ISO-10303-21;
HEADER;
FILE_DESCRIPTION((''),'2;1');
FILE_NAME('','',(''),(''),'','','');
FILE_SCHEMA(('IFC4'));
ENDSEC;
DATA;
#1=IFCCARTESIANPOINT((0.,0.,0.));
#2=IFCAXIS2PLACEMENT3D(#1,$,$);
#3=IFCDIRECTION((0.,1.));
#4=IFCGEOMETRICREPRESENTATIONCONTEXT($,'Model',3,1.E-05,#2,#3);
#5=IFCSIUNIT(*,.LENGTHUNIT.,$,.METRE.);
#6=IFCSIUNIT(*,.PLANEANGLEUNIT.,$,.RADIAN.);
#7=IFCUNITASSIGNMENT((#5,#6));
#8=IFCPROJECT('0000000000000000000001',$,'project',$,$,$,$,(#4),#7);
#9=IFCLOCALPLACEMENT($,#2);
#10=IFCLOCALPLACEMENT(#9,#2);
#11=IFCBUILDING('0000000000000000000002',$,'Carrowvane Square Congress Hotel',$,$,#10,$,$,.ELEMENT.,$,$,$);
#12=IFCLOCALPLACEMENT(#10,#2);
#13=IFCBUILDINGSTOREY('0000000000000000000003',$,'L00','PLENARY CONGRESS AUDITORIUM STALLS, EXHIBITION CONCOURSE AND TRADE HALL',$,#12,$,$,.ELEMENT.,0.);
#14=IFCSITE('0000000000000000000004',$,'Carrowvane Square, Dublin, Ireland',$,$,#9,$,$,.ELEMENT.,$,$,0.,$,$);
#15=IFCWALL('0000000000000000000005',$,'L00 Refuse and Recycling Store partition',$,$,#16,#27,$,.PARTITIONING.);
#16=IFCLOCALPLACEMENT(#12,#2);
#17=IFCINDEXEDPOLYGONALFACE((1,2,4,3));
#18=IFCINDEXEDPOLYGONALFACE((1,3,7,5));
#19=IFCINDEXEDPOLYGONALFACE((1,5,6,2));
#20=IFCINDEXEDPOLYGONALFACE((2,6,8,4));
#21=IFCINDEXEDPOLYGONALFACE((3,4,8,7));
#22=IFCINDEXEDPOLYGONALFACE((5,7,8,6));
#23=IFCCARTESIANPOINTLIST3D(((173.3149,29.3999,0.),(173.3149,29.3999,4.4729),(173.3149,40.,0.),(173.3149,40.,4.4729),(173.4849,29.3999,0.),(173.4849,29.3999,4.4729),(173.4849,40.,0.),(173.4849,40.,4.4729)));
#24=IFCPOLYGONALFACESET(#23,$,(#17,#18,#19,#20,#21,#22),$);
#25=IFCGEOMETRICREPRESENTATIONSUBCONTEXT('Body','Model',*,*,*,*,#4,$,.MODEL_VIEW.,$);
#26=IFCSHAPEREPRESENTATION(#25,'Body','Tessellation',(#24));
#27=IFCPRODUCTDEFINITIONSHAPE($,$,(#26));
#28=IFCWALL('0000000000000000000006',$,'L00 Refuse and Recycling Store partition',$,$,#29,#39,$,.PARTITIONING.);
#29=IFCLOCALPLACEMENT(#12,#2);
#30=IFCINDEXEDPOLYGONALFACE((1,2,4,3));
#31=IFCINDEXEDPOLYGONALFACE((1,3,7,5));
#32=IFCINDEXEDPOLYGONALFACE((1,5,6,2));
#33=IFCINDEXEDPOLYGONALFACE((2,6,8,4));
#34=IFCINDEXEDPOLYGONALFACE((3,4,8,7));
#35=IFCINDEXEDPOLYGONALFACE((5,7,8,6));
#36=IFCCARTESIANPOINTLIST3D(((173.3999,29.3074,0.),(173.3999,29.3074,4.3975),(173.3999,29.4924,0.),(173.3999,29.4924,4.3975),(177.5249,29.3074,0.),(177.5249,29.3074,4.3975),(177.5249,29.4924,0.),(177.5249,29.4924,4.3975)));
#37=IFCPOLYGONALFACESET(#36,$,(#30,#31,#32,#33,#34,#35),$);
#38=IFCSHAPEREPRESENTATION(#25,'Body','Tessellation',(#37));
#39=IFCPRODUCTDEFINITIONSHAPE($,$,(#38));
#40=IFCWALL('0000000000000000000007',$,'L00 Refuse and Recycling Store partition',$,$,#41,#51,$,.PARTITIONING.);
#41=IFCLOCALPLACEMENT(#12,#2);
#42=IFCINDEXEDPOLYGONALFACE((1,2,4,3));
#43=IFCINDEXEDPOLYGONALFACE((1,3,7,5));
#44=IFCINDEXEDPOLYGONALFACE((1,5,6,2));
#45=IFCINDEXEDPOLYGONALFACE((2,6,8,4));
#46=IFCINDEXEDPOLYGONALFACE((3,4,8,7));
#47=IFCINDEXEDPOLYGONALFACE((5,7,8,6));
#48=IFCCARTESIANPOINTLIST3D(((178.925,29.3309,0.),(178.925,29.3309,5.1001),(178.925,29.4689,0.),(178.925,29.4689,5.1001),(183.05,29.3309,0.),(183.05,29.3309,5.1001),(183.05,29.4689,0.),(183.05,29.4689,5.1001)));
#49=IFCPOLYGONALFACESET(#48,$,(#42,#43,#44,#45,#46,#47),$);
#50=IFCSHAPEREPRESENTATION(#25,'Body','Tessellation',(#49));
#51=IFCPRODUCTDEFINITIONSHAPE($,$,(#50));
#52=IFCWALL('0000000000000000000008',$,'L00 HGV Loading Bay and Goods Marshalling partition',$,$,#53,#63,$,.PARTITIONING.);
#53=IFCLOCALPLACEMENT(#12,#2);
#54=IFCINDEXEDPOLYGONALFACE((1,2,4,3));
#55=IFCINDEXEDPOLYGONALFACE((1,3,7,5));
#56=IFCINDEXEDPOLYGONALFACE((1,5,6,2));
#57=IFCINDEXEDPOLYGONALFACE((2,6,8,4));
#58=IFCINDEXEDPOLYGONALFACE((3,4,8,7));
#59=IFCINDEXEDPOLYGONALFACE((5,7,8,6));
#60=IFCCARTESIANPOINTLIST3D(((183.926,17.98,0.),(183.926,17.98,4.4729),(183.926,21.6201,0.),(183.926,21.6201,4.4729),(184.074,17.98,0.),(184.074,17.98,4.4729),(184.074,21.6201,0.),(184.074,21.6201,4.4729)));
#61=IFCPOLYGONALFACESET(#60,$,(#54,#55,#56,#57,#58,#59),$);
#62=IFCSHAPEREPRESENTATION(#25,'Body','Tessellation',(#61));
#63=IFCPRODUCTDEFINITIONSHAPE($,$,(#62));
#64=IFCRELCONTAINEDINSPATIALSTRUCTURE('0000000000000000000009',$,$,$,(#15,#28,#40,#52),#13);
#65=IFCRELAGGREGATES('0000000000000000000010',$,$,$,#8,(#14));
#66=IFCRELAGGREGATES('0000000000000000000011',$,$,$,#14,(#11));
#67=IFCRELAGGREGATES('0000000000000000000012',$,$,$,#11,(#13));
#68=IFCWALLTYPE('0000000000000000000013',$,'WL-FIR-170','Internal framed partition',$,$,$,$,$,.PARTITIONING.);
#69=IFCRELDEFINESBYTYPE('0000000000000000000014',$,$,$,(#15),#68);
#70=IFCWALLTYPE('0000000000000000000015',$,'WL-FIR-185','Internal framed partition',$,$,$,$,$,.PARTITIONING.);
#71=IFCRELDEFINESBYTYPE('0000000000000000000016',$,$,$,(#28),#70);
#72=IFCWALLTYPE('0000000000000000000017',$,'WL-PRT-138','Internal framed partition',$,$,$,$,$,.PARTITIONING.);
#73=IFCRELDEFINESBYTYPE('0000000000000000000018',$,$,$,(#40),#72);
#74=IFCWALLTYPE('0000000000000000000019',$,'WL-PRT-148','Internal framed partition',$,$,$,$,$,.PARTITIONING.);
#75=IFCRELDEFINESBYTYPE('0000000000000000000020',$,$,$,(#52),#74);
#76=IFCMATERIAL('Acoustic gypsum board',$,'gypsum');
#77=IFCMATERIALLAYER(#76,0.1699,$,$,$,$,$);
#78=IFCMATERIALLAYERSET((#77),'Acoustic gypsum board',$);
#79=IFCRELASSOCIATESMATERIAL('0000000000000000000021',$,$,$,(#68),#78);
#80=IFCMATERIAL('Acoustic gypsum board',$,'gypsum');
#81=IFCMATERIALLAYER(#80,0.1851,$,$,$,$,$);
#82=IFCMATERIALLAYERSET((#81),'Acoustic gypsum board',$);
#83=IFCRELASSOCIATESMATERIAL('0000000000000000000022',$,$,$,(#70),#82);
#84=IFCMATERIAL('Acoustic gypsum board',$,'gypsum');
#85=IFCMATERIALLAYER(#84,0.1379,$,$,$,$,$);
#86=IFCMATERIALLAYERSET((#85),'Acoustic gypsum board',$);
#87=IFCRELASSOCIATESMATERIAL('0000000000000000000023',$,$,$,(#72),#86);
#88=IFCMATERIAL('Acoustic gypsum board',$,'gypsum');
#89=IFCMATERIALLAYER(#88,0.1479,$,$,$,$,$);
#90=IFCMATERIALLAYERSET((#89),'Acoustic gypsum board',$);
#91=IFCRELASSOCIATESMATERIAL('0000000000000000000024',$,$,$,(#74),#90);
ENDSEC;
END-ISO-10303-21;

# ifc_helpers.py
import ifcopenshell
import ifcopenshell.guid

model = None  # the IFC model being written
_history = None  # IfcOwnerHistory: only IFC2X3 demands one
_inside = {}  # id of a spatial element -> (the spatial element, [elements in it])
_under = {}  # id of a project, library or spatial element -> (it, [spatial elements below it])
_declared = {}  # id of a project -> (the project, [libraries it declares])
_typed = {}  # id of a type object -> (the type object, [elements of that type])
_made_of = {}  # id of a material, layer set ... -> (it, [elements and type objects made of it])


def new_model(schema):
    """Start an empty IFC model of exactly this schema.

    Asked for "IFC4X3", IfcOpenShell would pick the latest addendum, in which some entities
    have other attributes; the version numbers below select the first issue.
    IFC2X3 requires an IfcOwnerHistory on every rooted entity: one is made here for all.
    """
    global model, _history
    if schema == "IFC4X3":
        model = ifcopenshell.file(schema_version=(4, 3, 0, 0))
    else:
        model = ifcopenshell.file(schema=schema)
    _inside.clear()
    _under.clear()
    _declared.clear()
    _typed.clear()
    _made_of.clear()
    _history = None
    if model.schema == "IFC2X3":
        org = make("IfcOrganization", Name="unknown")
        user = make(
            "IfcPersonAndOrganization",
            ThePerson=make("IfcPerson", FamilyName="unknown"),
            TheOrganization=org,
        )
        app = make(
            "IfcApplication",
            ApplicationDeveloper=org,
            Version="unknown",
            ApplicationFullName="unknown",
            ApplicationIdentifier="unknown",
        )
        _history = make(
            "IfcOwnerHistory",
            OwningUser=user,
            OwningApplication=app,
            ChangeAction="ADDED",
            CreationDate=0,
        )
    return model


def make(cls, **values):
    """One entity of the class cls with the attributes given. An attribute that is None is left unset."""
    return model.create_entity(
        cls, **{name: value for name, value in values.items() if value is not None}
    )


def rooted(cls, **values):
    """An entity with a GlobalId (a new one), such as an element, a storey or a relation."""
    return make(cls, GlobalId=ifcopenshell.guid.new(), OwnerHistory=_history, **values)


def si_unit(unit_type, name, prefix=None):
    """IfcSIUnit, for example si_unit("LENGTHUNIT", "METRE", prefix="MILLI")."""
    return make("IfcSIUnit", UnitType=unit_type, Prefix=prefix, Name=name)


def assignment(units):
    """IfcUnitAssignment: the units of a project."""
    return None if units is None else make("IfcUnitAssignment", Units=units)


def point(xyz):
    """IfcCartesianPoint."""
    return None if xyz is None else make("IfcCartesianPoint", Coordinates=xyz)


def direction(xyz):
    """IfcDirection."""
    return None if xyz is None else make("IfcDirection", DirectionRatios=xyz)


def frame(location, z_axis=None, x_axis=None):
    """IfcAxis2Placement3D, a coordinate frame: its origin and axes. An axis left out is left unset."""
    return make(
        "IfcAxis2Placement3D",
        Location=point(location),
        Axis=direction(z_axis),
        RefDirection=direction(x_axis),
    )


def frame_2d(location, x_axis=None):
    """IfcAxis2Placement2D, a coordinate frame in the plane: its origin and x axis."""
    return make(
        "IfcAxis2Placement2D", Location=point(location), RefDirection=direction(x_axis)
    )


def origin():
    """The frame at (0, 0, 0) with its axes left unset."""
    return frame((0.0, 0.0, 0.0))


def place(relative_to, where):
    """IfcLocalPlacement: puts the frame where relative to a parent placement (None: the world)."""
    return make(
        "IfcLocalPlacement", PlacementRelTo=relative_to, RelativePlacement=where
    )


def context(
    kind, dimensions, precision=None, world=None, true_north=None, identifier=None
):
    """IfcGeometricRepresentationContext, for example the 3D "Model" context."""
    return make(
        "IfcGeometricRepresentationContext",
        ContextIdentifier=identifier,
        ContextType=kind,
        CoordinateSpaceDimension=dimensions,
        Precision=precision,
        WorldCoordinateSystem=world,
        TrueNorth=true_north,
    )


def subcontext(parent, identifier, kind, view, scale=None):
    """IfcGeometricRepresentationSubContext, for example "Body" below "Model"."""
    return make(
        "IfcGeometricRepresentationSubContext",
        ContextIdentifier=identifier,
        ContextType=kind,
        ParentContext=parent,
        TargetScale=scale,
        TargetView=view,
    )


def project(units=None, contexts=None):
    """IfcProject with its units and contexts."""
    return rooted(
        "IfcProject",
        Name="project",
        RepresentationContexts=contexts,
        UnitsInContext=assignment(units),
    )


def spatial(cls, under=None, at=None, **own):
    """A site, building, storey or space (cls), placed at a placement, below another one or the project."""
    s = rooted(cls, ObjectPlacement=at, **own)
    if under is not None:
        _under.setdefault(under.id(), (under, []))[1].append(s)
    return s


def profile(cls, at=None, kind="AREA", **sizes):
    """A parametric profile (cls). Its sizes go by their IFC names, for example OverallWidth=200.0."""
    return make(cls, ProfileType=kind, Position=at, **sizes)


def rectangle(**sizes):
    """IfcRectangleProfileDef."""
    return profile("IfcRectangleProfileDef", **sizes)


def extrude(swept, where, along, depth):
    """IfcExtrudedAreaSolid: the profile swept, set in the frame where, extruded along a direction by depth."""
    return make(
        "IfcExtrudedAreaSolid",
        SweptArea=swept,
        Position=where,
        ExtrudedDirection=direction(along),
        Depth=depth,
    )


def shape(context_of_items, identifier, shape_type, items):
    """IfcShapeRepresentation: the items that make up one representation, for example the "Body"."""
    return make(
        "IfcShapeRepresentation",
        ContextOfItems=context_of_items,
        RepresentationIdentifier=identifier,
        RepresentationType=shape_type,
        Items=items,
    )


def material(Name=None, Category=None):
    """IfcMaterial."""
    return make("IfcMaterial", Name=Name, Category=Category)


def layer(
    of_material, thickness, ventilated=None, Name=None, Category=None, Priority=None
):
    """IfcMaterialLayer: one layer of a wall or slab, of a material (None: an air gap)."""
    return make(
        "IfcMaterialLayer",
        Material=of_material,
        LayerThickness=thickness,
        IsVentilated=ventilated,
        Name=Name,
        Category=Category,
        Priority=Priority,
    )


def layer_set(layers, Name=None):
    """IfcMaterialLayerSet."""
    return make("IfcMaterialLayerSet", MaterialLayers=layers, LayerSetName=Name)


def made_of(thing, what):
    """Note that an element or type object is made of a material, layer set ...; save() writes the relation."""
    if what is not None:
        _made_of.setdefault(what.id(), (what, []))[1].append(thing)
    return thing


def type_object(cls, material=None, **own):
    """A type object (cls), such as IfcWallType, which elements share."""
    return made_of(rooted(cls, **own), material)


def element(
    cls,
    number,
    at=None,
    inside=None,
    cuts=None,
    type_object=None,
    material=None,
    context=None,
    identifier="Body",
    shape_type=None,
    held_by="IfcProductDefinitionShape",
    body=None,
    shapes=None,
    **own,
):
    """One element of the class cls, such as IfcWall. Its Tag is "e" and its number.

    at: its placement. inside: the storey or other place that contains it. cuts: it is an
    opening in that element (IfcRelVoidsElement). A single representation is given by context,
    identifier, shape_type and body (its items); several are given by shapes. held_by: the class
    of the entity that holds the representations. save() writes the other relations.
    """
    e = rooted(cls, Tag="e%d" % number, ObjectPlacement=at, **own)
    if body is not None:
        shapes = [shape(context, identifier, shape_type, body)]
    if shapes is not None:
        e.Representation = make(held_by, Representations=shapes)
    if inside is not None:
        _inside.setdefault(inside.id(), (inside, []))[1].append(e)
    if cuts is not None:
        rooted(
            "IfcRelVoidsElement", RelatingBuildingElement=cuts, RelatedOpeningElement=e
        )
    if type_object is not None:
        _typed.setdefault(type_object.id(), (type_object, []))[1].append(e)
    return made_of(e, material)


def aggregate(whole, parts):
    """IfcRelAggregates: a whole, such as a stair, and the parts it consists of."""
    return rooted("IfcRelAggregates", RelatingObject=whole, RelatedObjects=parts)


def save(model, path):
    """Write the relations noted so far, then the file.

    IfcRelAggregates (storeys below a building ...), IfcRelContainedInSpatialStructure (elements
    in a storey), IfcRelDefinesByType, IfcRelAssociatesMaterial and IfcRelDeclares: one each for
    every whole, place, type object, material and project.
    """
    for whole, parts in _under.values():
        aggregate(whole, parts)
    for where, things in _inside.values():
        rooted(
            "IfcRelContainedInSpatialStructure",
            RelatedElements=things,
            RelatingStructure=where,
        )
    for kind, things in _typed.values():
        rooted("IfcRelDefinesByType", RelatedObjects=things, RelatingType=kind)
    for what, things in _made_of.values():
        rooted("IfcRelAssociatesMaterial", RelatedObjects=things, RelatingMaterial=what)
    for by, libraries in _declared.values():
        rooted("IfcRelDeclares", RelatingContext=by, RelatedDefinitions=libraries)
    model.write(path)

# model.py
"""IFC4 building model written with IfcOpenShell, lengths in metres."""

from ifc_helpers import new_model, si_unit, direction, frame, frame_2d, origin, place, context, subcontext, project, spatial, rectangle, extrude, material, layer, layer_set, type_object, element, save


model = new_model("IFC4")

# Units and contexts
model_context = context("Model", 3, precision=1e-05, world=origin(), true_north=direction((0.0, 1.0)))
body_context = subcontext(model_context, "Body", "Model", "MODEL_VIEW")
ifc_project = project(units=[si_unit("LENGTHUNIT", "METRE"), si_unit("PLANEANGLEUNIT", "RADIAN")], contexts=[model_context])

# Site, building, storey
site_placement = place(None, origin())
site = spatial("IfcSite", under=ifc_project, at=site_placement, Name="Carrowvane Square, Dublin, Ireland", CompositionType="ELEMENT", RefElevation=0.0)
building_placement = place(site_placement, origin())
building = spatial("IfcBuilding", under=site, at=building_placement, Name="Carrowvane Square Congress Hotel", CompositionType="ELEMENT")
storey_placement = place(building_placement, origin())
storey = spatial("IfcBuildingStorey", under=building, at=storey_placement, Name="L00", Description="PLENARY CONGRESS AUDITORIUM STALLS, EXHIBITION CONCOURSE AND TRADE HALL", CompositionType="ELEMENT", Elevation=0.0)

# Shared definitions
ifc_material_1 = material(Name="Acoustic gypsum board", Category="gypsum")
ifc_layer_1 = layer(ifc_material_1, 0.1699)
ifc_layer_set_1 = layer_set([ifc_layer_1], Name="Acoustic gypsum board")
wall_type_1 = type_object("IfcWallType", Name="WL-FIR-170", Description="Internal framed partition", PredefinedType="PARTITIONING", material=ifc_layer_set_1)

# Walls
wall_1_placement = place(storey_placement, frame((173.3999, 29.3999, 0.0), z_axis=(0.0, 0.0, 1.0), x_axis=(0.0, 1.0, 0.0)))
element("IfcWall", 1, at=wall_1_placement, inside=storey, type_object=wall_type_1, Name="L00 Refuse and Recycling Store partition", PredefinedType="PARTITIONING", context=body_context, shape_type="SweptSolid", body=[
    extrude(rectangle(XDim=10.6001, YDim=0.1699, at=frame_2d((5.3, 0.0))), origin(), (0.0, 0.0, 1.0), 4.4729),
])
ifc_material_2 = material(Name="Acoustic gypsum board", Category="gypsum")
ifc_layer_2 = layer(ifc_material_2, 0.1851)
ifc_layer_set_2 = layer_set([ifc_layer_2], Name="Acoustic gypsum board")
wall_type_2 = type_object("IfcWallType", Name="WL-FIR-185", Description="Internal framed partition", PredefinedType="PARTITIONING", material=ifc_layer_set_2)
wall_2_placement = place(storey_placement, frame((177.5249, 29.3999, 0.0), z_axis=(0.0, 0.0, 1.0), x_axis=(-1.0, 0.0, 0.0)))
element("IfcWall", 2, at=wall_2_placement, inside=storey, type_object=wall_type_2, Name="L00 Refuse and Recycling Store partition", PredefinedType="PARTITIONING", context=body_context, shape_type="SweptSolid", body=[
    extrude(rectangle(XDim=4.125, YDim=0.1851, at=frame_2d((2.0625, 0.0))), origin(), (0.0, 0.0, 1.0), 4.3975),
])
ifc_material_3 = material(Name="Acoustic gypsum board", Category="gypsum")
ifc_layer_3 = layer(ifc_material_3, 0.1379)
ifc_layer_set_3 = layer_set([ifc_layer_3], Name="Acoustic gypsum board")
wall_type_3 = type_object("IfcWallType", Name="WL-PRT-138", Description="Internal framed partition", PredefinedType="PARTITIONING", material=ifc_layer_set_3)
wall_3_placement = place(storey_placement, frame((183.05, 29.3999, 0.0), z_axis=(0.0, 0.0, 1.0), x_axis=(-1.0, 0.0, 0.0)))
element("IfcWall", 3, at=wall_3_placement, inside=storey, type_object=wall_type_3, Name="L00 Refuse and Recycling Store partition", PredefinedType="PARTITIONING", context=body_context, shape_type="SweptSolid", body=[
    extrude(rectangle(XDim=4.125, YDim=0.1379, at=frame_2d((2.0625, 0.0))), origin(), (0.0, 0.0, 1.0), 5.1001),
])
ifc_material_4 = material(Name="Acoustic gypsum board", Category="gypsum")
ifc_layer_4 = layer(ifc_material_4, 0.1479)
ifc_layer_set_4 = layer_set([ifc_layer_4], Name="Acoustic gypsum board")
wall_type_4 = type_object("IfcWallType", Name="WL-PRT-148", Description="Internal framed partition", PredefinedType="PARTITIONING", material=ifc_layer_set_4)
wall_4_placement = place(storey_placement, frame((184.0, 21.6201, 0.0), z_axis=(0.0, 0.0, 1.0), x_axis=(0.0, -1.0, 0.0)))
element("IfcWall", 4, at=wall_4_placement, inside=storey, type_object=wall_type_4, Name="L00 HGV Loading Bay and Goods Marshalling partition", PredefinedType="PARTITIONING", context=body_context, shape_type="SweptSolid", body=[
    extrude(rectangle(XDim=3.6401, YDim=0.1479, at=frame_2d((1.8201, 0.0))), origin(), (0.0, 0.0, 1.0), 4.4729),
])

save(model, "model.ifc")
